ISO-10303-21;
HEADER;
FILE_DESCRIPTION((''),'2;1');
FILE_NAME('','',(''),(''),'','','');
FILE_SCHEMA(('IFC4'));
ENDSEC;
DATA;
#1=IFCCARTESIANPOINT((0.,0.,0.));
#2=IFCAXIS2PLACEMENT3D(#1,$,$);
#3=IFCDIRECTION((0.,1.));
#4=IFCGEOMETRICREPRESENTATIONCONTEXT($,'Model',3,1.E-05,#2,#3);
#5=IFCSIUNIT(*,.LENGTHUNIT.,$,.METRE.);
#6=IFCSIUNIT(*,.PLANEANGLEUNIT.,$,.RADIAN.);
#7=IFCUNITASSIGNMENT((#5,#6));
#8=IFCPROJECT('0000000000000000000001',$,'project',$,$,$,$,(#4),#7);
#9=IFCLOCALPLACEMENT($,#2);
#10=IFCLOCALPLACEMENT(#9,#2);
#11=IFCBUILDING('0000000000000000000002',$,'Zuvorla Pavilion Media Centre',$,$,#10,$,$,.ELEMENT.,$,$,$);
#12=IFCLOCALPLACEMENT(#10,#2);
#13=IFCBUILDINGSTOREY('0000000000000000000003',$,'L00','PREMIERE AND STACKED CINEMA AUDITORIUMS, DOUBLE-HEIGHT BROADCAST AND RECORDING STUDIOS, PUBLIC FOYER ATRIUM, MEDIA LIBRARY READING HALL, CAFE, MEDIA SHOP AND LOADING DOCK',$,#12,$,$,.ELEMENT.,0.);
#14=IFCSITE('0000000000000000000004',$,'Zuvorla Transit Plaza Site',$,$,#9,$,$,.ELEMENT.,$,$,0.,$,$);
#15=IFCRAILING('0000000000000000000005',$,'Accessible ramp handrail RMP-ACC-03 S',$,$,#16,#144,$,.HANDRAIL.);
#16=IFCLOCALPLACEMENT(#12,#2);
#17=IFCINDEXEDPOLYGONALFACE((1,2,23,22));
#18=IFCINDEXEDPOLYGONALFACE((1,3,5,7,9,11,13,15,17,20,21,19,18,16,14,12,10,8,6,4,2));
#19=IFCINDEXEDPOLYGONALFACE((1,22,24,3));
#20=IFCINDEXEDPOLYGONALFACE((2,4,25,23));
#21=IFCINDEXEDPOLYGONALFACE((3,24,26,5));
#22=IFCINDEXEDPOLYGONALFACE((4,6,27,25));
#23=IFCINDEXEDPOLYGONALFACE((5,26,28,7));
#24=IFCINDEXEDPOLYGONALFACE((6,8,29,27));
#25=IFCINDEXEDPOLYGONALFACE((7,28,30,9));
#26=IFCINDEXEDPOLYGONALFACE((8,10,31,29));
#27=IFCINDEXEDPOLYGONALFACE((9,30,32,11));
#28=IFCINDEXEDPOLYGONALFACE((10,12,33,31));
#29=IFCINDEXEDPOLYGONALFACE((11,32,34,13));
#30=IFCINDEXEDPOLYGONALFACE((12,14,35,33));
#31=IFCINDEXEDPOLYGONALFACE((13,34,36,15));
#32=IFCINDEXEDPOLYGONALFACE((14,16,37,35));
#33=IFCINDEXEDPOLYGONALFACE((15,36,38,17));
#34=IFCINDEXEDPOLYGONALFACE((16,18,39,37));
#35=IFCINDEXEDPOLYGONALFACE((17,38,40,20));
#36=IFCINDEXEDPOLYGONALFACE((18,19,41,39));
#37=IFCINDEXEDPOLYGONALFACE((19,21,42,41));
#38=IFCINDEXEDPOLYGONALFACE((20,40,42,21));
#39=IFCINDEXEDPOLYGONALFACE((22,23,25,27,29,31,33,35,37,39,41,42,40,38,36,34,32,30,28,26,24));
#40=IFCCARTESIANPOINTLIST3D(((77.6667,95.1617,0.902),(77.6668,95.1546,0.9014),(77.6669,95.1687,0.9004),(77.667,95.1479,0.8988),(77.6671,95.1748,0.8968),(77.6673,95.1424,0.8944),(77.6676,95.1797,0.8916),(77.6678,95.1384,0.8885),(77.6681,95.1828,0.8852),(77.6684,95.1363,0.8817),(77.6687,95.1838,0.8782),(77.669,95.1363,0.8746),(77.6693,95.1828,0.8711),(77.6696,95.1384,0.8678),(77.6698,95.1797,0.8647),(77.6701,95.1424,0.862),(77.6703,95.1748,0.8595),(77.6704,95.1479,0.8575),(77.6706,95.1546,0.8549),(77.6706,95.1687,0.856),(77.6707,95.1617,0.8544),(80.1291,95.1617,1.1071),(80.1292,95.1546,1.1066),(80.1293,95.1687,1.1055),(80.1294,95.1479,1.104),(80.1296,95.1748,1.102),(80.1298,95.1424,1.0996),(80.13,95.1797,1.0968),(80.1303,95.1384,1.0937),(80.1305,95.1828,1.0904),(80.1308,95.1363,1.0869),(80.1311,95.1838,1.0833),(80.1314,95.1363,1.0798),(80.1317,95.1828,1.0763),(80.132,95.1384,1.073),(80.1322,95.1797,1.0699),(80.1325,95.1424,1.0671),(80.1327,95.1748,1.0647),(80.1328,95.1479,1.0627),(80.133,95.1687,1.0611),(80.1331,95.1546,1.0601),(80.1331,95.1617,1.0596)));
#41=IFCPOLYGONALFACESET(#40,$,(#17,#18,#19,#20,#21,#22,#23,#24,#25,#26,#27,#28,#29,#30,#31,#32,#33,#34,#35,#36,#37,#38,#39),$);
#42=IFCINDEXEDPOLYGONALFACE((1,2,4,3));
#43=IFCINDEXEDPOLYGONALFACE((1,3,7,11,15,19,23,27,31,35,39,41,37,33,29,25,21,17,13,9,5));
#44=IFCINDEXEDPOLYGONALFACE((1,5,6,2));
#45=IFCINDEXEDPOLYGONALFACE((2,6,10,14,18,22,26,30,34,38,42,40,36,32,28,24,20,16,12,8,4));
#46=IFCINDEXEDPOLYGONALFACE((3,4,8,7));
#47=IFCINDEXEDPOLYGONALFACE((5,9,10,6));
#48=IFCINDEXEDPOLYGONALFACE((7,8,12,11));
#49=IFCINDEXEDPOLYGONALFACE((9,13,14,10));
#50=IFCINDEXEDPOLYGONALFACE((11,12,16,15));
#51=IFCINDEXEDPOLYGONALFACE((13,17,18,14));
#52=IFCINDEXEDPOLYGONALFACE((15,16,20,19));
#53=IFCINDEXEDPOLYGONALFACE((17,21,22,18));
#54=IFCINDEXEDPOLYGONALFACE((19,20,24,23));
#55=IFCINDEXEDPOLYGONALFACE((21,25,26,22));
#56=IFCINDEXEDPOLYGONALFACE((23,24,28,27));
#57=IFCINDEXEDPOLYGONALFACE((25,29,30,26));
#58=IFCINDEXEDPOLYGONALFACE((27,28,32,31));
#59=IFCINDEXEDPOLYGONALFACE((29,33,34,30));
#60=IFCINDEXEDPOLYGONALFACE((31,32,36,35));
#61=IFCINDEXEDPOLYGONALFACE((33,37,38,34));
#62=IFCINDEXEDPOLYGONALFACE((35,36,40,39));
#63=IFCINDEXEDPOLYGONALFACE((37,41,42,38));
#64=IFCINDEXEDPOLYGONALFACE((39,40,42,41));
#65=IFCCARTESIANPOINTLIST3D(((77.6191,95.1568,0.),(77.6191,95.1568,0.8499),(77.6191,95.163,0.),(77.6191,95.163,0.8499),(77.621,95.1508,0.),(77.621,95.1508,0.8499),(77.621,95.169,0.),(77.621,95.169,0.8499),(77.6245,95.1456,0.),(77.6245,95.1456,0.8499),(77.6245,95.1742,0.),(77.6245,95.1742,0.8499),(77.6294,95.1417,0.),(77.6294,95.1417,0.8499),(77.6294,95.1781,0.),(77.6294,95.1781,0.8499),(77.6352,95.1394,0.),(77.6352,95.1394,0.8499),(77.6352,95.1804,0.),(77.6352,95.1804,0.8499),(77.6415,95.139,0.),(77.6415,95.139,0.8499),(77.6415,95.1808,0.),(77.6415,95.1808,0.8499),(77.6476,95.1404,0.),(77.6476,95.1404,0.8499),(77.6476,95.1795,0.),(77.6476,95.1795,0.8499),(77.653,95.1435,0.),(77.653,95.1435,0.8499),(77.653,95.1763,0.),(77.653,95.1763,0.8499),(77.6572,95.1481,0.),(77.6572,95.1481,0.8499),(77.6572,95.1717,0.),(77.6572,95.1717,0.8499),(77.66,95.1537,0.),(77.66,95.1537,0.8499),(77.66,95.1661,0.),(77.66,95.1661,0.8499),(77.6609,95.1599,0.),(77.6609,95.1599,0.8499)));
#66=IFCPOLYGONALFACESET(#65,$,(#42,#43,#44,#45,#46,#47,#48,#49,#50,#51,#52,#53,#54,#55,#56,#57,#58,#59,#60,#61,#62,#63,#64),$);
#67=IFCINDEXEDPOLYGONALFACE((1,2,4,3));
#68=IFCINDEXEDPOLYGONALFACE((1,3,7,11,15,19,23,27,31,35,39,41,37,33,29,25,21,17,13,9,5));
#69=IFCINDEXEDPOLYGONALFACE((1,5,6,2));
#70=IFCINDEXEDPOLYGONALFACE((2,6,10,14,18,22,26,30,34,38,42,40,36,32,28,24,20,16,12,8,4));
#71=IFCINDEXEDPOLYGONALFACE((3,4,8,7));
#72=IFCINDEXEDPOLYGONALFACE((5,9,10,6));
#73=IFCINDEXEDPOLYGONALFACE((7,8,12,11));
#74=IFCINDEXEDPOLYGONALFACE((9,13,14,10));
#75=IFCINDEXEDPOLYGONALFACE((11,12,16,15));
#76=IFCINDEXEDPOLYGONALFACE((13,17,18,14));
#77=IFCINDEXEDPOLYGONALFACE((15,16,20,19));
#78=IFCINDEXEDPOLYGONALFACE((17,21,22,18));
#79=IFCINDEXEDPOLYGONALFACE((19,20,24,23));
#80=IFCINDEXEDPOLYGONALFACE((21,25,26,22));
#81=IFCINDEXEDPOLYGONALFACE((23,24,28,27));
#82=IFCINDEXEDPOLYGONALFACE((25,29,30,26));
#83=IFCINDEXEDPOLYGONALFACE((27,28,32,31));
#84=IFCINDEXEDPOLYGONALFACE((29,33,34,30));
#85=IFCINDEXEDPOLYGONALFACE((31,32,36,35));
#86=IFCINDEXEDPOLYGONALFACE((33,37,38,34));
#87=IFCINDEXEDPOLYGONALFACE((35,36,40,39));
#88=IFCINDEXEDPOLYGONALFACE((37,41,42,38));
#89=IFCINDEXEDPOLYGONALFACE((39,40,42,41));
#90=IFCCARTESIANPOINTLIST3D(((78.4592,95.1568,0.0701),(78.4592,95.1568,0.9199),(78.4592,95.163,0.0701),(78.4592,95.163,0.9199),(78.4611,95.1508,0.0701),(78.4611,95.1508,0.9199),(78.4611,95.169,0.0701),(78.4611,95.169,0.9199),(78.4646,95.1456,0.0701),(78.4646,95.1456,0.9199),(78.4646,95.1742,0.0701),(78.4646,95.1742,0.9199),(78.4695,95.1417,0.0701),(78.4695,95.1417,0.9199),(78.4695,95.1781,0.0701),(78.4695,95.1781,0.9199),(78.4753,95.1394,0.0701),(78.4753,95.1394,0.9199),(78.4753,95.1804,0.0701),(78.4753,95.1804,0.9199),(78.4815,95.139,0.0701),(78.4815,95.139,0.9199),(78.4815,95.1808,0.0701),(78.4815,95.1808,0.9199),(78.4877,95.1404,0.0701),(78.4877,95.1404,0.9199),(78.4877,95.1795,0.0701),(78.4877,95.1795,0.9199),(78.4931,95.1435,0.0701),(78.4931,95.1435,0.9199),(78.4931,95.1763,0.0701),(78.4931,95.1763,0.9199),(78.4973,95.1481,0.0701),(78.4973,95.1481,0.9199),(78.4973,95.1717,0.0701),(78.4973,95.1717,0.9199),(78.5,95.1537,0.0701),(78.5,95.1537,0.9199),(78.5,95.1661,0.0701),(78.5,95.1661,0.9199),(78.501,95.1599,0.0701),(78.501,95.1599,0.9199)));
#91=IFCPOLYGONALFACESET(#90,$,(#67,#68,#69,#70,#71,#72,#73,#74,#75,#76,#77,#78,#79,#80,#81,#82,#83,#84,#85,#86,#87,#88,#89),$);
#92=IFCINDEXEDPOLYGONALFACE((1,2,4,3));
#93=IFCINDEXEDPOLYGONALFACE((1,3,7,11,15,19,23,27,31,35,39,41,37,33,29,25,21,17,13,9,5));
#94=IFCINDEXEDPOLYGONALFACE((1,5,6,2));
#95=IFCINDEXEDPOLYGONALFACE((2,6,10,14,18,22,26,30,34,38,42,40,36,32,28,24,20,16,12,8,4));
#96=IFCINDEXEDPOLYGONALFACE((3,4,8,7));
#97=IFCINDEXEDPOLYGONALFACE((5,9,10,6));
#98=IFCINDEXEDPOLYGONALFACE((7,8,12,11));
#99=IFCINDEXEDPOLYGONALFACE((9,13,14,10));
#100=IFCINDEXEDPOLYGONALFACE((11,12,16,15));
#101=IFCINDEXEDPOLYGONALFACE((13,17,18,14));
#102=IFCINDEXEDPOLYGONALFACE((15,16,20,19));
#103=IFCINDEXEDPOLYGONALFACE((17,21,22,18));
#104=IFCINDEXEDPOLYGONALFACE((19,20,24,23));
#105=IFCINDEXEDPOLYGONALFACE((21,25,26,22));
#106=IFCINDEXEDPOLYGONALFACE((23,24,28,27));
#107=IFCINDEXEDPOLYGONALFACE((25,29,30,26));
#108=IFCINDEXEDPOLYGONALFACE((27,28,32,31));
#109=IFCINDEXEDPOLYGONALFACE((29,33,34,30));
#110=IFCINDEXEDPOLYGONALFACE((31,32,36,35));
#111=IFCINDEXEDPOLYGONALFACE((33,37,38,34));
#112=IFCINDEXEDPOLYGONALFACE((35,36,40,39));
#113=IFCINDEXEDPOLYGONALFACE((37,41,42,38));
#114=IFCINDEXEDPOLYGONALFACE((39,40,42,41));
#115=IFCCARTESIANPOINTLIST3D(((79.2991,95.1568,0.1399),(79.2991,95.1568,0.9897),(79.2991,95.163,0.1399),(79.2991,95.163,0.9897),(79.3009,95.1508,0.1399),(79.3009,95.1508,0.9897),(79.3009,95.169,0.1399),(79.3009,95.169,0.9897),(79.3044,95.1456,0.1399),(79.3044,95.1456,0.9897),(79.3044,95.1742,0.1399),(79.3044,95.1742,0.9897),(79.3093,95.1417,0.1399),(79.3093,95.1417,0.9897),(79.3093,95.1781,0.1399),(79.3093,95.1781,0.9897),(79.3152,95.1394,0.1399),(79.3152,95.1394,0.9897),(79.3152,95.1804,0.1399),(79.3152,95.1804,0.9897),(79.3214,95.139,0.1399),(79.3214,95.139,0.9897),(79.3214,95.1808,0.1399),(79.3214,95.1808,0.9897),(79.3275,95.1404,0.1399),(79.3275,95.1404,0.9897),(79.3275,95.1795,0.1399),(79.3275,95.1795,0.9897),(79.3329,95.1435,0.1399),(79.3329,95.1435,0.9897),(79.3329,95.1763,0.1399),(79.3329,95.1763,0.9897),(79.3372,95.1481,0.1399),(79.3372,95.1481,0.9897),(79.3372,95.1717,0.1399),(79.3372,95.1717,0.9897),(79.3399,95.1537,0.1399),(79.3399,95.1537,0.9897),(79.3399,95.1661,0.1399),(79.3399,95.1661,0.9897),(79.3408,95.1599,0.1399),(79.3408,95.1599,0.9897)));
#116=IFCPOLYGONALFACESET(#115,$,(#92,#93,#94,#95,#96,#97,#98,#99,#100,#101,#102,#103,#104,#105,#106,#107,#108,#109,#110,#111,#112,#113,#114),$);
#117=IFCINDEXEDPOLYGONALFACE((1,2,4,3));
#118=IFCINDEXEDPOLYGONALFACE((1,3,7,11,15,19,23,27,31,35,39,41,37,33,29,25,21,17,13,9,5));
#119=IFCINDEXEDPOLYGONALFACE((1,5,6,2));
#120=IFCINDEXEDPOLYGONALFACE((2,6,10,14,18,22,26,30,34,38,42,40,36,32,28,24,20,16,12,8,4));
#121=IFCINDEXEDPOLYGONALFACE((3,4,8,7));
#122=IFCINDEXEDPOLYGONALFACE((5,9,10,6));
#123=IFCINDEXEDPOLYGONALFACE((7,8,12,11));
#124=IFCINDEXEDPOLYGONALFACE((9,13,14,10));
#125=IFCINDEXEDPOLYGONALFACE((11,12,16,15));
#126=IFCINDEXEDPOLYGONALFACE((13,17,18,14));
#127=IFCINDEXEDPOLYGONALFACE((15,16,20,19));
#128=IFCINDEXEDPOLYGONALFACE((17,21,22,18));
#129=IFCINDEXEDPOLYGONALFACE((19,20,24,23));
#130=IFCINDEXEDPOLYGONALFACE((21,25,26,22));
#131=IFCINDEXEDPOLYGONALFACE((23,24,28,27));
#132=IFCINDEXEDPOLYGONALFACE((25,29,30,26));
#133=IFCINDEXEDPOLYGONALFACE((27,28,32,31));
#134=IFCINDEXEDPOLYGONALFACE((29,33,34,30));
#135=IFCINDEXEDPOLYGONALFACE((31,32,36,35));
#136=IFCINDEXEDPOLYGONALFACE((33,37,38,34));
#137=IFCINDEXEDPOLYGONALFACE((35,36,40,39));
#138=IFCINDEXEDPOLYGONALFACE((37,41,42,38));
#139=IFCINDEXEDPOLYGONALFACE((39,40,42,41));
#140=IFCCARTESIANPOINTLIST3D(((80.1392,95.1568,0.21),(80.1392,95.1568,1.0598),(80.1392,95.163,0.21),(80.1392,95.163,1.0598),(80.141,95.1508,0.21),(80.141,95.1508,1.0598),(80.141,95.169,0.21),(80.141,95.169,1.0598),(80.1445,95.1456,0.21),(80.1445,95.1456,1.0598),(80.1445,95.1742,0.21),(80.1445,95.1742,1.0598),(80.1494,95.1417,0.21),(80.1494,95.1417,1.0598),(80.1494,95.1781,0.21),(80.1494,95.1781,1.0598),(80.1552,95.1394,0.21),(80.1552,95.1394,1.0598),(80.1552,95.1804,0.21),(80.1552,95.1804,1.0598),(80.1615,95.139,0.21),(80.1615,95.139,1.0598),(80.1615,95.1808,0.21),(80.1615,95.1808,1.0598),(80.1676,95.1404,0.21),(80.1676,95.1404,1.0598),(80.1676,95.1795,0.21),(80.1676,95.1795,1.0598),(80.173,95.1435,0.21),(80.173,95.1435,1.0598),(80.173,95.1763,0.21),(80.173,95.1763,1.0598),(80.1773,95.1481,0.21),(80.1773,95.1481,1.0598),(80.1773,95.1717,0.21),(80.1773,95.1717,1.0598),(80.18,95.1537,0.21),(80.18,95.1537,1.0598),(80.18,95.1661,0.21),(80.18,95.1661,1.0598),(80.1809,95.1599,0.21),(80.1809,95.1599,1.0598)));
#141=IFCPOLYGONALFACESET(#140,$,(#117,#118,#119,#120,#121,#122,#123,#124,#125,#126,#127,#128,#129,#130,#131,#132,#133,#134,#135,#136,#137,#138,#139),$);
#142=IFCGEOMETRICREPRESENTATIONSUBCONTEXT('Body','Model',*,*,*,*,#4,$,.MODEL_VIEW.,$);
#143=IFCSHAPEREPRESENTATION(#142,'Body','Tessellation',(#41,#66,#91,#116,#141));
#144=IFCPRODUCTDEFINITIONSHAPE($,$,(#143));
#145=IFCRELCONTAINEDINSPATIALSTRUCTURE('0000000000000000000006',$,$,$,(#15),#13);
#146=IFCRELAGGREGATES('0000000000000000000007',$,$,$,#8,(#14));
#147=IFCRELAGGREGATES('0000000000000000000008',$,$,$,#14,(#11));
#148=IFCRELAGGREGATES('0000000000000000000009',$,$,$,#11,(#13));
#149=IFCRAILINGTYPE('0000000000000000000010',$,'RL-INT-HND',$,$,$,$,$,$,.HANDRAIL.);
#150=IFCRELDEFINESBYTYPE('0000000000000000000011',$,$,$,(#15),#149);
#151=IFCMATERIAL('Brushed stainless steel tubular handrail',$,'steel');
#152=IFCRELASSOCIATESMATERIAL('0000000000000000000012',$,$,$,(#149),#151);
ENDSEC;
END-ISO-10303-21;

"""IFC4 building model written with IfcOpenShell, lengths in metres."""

from ifc_helpers import new_model, si_unit, direction, frame, origin, origin_2d, place, context, subcontext, project, spatial, circle, extrude, material, type_object, element, save


model = new_model("IFC4")

# Units and contexts
model_context = context("Model", 3, precision=1e-05, world=origin(), true_north=direction((0.0, 1.0)))
body_context = subcontext(model_context, "Body", "Model", "MODEL_VIEW")
ifc_project = project(units=[si_unit("LENGTHUNIT", "METRE"), si_unit("PLANEANGLEUNIT", "RADIAN")], contexts=[model_context])

# Site, building, storey
site_placement = place(None, origin())
site = spatial("IfcSite", under=ifc_project, at=site_placement, Name="Zuvorla Transit Plaza Site", CompositionType="ELEMENT", RefElevation=0.0)
building_placement = place(site_placement, origin())
building = spatial("IfcBuilding", under=site, at=building_placement, Name="Zuvorla Pavilion Media Centre", CompositionType="ELEMENT")
storey_placement = place(building_placement, origin())
storey = spatial("IfcBuildingStorey", under=building, at=storey_placement, Name="L00", Description="PREMIERE AND STACKED CINEMA AUDITORIUMS, DOUBLE-HEIGHT BROADCAST AND RECORDING STUDIOS, PUBLIC FOYER ATRIUM, MEDIA LIBRARY READING HALL, CAFE, MEDIA SHOP AND LOADING DOCK", CompositionType="ELEMENT", Elevation=0.0)

# Railing
ifc_material_1 = material(Name="Brushed stainless steel tubular handrail", Category="steel")
railing_type = type_object("IfcRailingType", Name="RL-INT-HND", PredefinedType="HANDRAIL", material=ifc_material_1)
for number, where, name in (
    (1, (77.6399, 95.1599, 0.0), "Accessible ramp handrail RMP-ACC-03 S"),
):
    element("IfcRailing", number, at=place(storey_placement, frame(where)), inside=storey, type_object=railing_type, Name=name, PredefinedType="HANDRAIL", context=body_context, shape_type="SweptSolid", body=[
        extrude(circle(Radius=0.0239, at=origin_2d()), frame((0.0288, 0.0, 0.8782), z_axis=(0.996547, 0.0, 0.083029), x_axis=(0.0, 1.0, 0.0)), (0.0, 0.0, 1.0), 2.4709),
        extrude(circle(Radius=0.021, at=origin_2d()), origin(), (0.0, 0.0, 1.0), 0.8499),
        extrude(circle(Radius=0.021, at=origin_2d()), frame((0.8401, 0.0, 0.0701)), (0.0, 0.0, 1.0), 0.8499),
        extrude(circle(Radius=0.021, at=origin_2d()), frame((1.6799, 0.0, 0.1399)), (0.0, 0.0, 1.0), 0.8499),
        extrude(circle(Radius=0.021, at=origin_2d()), frame((2.52, 0.0, 0.21)), (0.0, 0.0, 1.0), 0.8499),
    ])

save(model, "model.ifc")
